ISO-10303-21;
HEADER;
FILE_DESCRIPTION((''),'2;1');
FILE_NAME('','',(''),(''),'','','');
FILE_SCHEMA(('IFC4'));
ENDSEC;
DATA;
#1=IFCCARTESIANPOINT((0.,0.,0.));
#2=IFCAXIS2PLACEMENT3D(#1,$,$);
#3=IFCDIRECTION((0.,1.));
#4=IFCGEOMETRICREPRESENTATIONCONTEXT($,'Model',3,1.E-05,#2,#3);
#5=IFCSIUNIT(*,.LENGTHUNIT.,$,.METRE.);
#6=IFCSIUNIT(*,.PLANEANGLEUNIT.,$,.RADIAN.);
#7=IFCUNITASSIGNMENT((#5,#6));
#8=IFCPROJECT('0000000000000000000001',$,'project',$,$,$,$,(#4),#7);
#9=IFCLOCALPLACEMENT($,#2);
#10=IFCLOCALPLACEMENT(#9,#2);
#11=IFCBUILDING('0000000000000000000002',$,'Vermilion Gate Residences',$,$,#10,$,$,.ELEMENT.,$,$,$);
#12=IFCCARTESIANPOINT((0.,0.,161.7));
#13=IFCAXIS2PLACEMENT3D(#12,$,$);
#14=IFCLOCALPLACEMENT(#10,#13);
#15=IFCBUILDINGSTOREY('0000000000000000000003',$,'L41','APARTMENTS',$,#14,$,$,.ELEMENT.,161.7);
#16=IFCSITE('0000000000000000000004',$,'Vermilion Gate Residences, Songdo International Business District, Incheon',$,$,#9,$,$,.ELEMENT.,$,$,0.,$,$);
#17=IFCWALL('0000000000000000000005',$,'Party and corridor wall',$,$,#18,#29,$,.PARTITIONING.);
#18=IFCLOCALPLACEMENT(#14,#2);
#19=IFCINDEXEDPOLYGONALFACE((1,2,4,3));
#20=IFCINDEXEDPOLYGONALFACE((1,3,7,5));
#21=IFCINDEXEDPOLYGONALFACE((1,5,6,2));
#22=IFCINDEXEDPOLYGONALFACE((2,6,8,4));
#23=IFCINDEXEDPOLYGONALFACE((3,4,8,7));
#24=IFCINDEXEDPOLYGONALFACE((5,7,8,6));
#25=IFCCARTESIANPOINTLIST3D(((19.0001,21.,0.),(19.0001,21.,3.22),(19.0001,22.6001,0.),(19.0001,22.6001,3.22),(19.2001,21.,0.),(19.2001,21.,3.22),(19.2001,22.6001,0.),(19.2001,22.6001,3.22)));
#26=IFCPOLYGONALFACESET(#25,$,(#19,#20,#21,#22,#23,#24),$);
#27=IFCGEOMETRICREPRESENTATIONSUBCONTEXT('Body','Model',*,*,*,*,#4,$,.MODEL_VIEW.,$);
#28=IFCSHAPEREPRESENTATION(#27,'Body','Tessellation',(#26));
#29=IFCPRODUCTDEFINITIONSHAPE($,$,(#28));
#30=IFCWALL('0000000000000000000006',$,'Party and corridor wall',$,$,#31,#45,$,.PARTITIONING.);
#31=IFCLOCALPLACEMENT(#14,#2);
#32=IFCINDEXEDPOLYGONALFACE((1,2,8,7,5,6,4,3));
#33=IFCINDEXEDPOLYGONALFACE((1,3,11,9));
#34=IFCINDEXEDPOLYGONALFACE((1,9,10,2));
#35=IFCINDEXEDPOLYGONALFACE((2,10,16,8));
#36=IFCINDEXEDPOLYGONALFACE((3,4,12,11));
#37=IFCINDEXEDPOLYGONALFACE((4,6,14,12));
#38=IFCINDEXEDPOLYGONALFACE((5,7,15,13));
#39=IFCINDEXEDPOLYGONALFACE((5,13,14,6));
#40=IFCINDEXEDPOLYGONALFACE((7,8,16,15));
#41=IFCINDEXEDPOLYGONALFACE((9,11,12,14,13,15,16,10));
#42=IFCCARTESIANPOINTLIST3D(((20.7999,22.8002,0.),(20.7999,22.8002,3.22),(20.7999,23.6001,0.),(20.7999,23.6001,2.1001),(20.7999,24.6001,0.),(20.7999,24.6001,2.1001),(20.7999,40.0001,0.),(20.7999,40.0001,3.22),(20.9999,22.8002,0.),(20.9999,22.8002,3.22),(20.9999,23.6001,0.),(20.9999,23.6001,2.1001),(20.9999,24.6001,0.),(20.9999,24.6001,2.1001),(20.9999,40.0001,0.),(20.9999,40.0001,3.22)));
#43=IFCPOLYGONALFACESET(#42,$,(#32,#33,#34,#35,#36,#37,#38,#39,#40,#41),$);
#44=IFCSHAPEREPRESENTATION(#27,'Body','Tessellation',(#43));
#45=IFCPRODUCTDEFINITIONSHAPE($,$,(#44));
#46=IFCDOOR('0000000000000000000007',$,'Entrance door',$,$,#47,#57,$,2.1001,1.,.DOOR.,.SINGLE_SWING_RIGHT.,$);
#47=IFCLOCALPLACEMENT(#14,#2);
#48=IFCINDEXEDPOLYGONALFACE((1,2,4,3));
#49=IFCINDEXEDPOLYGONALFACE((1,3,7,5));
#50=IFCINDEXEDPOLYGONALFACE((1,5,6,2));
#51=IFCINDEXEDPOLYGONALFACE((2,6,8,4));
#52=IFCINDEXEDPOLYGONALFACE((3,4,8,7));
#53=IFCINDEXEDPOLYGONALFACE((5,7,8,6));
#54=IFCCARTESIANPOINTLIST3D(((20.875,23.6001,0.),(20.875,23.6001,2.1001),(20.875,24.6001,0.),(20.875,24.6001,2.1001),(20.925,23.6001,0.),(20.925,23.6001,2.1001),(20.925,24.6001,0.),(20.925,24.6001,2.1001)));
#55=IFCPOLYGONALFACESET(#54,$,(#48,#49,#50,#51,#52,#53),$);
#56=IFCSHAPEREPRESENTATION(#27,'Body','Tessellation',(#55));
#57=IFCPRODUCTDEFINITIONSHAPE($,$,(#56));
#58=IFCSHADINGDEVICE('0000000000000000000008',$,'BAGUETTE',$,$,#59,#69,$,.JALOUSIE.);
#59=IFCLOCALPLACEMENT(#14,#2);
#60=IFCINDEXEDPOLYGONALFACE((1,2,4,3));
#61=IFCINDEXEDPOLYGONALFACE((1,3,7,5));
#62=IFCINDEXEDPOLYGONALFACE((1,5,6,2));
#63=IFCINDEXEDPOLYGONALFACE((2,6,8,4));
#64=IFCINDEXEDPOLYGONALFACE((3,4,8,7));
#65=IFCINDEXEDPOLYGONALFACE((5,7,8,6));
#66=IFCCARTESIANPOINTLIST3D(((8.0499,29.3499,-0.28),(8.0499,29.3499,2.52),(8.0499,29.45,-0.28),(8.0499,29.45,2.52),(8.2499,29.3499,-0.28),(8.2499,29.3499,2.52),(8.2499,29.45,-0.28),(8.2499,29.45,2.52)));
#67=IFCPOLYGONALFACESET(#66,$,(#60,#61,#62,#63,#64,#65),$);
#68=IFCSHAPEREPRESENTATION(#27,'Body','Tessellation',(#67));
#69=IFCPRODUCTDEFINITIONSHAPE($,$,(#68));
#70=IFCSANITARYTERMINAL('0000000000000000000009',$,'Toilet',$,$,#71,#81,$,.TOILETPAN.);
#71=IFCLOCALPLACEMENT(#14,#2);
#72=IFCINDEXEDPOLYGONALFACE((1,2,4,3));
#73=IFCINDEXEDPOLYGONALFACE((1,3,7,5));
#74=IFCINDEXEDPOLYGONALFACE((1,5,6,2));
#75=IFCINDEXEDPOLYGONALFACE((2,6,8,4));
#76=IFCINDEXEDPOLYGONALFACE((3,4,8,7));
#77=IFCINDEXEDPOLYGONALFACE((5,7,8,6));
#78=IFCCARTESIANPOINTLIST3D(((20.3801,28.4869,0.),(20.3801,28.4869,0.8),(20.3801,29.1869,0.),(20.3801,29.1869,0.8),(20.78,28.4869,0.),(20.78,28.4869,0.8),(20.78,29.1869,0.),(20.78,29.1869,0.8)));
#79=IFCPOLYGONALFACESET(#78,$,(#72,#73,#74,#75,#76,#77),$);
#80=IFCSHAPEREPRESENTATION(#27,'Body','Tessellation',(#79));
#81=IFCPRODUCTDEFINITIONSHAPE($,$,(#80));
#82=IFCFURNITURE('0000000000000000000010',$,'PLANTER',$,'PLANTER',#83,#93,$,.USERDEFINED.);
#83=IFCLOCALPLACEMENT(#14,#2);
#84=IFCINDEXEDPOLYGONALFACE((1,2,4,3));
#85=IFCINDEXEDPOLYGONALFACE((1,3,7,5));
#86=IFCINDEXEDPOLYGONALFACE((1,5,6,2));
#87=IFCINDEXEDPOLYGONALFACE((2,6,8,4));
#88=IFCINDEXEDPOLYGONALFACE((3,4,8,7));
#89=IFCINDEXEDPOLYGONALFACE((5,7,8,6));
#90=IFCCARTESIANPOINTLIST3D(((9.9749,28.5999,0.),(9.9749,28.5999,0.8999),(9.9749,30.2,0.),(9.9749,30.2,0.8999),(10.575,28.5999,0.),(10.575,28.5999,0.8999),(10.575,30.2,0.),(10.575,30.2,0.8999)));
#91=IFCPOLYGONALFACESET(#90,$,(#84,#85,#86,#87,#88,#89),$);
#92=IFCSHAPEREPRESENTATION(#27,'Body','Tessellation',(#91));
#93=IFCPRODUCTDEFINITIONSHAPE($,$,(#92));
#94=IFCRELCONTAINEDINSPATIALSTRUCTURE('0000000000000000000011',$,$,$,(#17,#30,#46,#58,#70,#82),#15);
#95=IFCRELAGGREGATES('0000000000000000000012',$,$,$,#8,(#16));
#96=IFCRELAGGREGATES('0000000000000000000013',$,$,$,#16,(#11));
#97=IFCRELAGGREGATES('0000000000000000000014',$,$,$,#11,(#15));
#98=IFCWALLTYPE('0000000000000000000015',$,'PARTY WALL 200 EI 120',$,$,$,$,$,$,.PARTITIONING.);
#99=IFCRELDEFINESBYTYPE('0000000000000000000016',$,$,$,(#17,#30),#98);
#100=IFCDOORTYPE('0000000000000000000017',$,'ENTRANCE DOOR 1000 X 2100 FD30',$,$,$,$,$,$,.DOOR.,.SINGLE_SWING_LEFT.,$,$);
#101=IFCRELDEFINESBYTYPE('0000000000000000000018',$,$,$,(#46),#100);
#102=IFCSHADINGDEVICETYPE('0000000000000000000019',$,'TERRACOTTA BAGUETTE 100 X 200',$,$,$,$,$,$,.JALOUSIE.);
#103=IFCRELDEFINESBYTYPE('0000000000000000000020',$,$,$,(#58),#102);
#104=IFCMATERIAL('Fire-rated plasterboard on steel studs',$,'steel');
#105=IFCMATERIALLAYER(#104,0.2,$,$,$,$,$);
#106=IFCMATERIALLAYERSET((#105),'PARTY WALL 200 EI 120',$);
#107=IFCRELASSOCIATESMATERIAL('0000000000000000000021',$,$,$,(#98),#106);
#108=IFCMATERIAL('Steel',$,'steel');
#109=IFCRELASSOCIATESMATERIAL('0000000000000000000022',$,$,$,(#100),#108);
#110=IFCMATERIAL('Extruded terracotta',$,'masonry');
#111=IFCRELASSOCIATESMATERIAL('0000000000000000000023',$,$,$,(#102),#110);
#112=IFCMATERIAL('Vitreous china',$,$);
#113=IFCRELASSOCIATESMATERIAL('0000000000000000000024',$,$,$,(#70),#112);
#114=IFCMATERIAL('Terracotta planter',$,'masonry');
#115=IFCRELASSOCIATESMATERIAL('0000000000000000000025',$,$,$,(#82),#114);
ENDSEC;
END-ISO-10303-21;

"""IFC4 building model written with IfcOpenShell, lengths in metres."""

from ifc_helpers import new_model, si_unit, direction, frame, frame_2d, origin, origin_2d, place, context, subcontext, project, spatial, rectangle, extrude, material, layer, layer_set, material_profile, profile_set, type_object, element, fill, save


model = new_model("IFC4")

# Units and contexts
model_context = context("Model", 3, precision=1e-05, world=origin(), true_north=direction((0.0, 1.0)))
body_context = subcontext(model_context, "Body", "Model", "MODEL_VIEW")
ifc_project = project(units=[si_unit("LENGTHUNIT", "METRE"), si_unit("PLANEANGLEUNIT", "RADIAN")], contexts=[model_context])

# Site, building, storey
site_placement = place(None, origin())
site = spatial("IfcSite", under=ifc_project, at=site_placement, Name="Vermilion Gate Residences, Songdo International Business District, Incheon", CompositionType="ELEMENT", RefElevation=0.0)
building_placement = place(site_placement, origin())
building = spatial("IfcBuilding", under=site, at=building_placement, Name="Vermilion Gate Residences", CompositionType="ELEMENT")
storey_placement = place(building_placement, frame((0.0, 0.0, 161.7)))
storey = spatial("IfcBuildingStorey", under=building, at=storey_placement, Name="L41", Description="APARTMENTS", CompositionType="ELEMENT", Elevation=161.7)

# Wall
ifc_material_1 = material(Name="Fire-rated plasterboard on steel studs", Category="steel")
ifc_layer_1 = layer(ifc_material_1, 0.2)
ifc_layer_set_1 = layer_set([ifc_layer_1], Name="PARTY WALL 200 EI 120")
wall_type_1 = type_object("IfcWallType", Name="PARTY WALL 200 EI 120", PredefinedType="PARTITIONING", material=ifc_layer_set_1)
wall_1_placement = place(storey_placement, frame((19.1001, 21.0, 0.0), z_axis=(0.0, 0.0, 1.0), x_axis=(0.0, 1.0, 0.0)))
element("IfcWall", 1, at=wall_1_placement, inside=storey, type_object=wall_type_1, Name="Party and corridor wall", PredefinedType="PARTITIONING", context=body_context, shape_type="SweptSolid", body=[
    extrude(rectangle(XDim=1.6001, YDim=0.2, at=frame_2d((0.8, 0.0))), origin(), (0.0, 0.0, 1.0), 3.22),
])

# Wall, opening, door
wall_2_placement = place(storey_placement, frame((20.8999, 22.8, 0.0), z_axis=(0.0, 0.0, 1.0), x_axis=(0.0, 1.0, 0.0)))
wall_2 = element("IfcWall", 2, at=wall_2_placement, inside=storey, type_object=wall_type_1, Name="Party and corridor wall", PredefinedType="PARTITIONING", context=body_context, shape_type="SweptSolid", body=[
    extrude(rectangle(XDim=17.2, YDim=0.2, at=frame_2d((8.6001, 0.0))), origin(), (0.0, 0.0, 1.0), 3.22),
])
opening_1_placement = place(wall_2_placement, frame((0.8, 0.0, 0.0)))
opening_1 = element("IfcOpeningElement", 3, at=opening_1_placement, cuts=wall_2, PredefinedType="OPENING", context=body_context, shape_type="SweptSolid", body=[
    extrude(rectangle(XDim=1.0, YDim=2.1001, at=frame_2d((0.5, 1.05))), frame((0.0, 0.1099, 0.0), z_axis=(0.0, -1.0, 0.0), x_axis=(1.0, 0.0, 0.0)), (0.0, 0.0, 1.0), 0.22),
])
ifc_material_2 = material(Name="Steel", Category="steel")
door_type_1 = type_object("IfcDoorType", Name="ENTRANCE DOOR 1000 X 2100 FD30", OperationType="SINGLE_SWING_LEFT", PredefinedType="DOOR", material=ifc_material_2)
door_1_placement = place(opening_1_placement, origin())
door_1 = element("IfcDoor", 4, at=door_1_placement, inside=storey, type_object=door_type_1, Name="Entrance door", OperationType="SINGLE_SWING_RIGHT", OverallHeight=2.1001, OverallWidth=1.0, PredefinedType="DOOR", context=body_context, shape_type="SweptSolid", body=[
    extrude(rectangle(XDim=1.0, YDim=2.1001, at=frame_2d((0.5, 1.05))), frame((0.0, 0.0249, 0.0), z_axis=(0.0, -1.0, 0.0), x_axis=(1.0, 0.0, 0.0)), (0.0, 0.0, 1.0), 0.05),
])
fill(opening_1, door_1)

# Shading device
ifc_material_3 = material(Name="Extruded terracotta", Category="masonry")
ifc_material_profile_1 = material_profile(ifc_material_3, rectangle(XDim=0.2, YDim=0.1001, at=origin_2d()), Name="BAGUETTE 100 X 200")
ifc_profile_set_1 = profile_set([ifc_material_profile_1], Name="Extruded terracotta")
shading_device_type = type_object("IfcShadingDeviceType", Name="TERRACOTTA BAGUETTE 100 X 200", PredefinedType="JALOUSIE", material=ifc_profile_set_1)
shading_device_placement = place(storey_placement, frame((8.1499, 29.3999, -0.28), z_axis=(0.0, 0.0, 1.0), x_axis=(1.0, 0.0, 0.0)))
element("IfcShadingDevice", 5, at=shading_device_placement, inside=storey, type_object=shading_device_type, Name="BAGUETTE", PredefinedType="JALOUSIE", context=body_context, shape_type="SweptSolid", body=[
    extrude(rectangle(XDim=0.2, YDim=0.1001, at=origin_2d()), origin(), (0.0, 0.0, 1.0), 2.8),
])

# Sanitary terminal
ifc_material_4 = material(Name="Vitreous china")
sanitary_terminal_placement = place(storey_placement, frame((20.5801, 28.8369, 0.0), z_axis=(0.0, 0.0, 1.0), x_axis=(1.0, 0.0, 0.0)))
element("IfcSanitaryTerminal", 6, at=sanitary_terminal_placement, inside=storey, material=ifc_material_4, Name="Toilet", PredefinedType="TOILETPAN", context=body_context, shape_type="SweptSolid", body=[
    extrude(rectangle(XDim=0.3999, YDim=0.7, at=origin_2d()), origin(), (0.0, 0.0, 1.0), 0.8),
])

# Furniture
ifc_material_5 = material(Name="Terracotta planter", Category="masonry")
furniture_placement = place(storey_placement, frame((10.2749, 29.3999, 0.0), z_axis=(0.0, 0.0, 1.0), x_axis=(0.0, -1.0, 0.0)))
element("IfcFurniture", 7, at=furniture_placement, inside=storey, material=ifc_material_5, Name="PLANTER", ObjectType="PLANTER", PredefinedType="USERDEFINED", context=body_context, shape_type="SweptSolid", body=[
    extrude(rectangle(XDim=1.6001, YDim=0.6001, at=origin_2d()), origin(), (0.0, 0.0, 1.0), 0.8999),
])

save(model, "model.ifc")
